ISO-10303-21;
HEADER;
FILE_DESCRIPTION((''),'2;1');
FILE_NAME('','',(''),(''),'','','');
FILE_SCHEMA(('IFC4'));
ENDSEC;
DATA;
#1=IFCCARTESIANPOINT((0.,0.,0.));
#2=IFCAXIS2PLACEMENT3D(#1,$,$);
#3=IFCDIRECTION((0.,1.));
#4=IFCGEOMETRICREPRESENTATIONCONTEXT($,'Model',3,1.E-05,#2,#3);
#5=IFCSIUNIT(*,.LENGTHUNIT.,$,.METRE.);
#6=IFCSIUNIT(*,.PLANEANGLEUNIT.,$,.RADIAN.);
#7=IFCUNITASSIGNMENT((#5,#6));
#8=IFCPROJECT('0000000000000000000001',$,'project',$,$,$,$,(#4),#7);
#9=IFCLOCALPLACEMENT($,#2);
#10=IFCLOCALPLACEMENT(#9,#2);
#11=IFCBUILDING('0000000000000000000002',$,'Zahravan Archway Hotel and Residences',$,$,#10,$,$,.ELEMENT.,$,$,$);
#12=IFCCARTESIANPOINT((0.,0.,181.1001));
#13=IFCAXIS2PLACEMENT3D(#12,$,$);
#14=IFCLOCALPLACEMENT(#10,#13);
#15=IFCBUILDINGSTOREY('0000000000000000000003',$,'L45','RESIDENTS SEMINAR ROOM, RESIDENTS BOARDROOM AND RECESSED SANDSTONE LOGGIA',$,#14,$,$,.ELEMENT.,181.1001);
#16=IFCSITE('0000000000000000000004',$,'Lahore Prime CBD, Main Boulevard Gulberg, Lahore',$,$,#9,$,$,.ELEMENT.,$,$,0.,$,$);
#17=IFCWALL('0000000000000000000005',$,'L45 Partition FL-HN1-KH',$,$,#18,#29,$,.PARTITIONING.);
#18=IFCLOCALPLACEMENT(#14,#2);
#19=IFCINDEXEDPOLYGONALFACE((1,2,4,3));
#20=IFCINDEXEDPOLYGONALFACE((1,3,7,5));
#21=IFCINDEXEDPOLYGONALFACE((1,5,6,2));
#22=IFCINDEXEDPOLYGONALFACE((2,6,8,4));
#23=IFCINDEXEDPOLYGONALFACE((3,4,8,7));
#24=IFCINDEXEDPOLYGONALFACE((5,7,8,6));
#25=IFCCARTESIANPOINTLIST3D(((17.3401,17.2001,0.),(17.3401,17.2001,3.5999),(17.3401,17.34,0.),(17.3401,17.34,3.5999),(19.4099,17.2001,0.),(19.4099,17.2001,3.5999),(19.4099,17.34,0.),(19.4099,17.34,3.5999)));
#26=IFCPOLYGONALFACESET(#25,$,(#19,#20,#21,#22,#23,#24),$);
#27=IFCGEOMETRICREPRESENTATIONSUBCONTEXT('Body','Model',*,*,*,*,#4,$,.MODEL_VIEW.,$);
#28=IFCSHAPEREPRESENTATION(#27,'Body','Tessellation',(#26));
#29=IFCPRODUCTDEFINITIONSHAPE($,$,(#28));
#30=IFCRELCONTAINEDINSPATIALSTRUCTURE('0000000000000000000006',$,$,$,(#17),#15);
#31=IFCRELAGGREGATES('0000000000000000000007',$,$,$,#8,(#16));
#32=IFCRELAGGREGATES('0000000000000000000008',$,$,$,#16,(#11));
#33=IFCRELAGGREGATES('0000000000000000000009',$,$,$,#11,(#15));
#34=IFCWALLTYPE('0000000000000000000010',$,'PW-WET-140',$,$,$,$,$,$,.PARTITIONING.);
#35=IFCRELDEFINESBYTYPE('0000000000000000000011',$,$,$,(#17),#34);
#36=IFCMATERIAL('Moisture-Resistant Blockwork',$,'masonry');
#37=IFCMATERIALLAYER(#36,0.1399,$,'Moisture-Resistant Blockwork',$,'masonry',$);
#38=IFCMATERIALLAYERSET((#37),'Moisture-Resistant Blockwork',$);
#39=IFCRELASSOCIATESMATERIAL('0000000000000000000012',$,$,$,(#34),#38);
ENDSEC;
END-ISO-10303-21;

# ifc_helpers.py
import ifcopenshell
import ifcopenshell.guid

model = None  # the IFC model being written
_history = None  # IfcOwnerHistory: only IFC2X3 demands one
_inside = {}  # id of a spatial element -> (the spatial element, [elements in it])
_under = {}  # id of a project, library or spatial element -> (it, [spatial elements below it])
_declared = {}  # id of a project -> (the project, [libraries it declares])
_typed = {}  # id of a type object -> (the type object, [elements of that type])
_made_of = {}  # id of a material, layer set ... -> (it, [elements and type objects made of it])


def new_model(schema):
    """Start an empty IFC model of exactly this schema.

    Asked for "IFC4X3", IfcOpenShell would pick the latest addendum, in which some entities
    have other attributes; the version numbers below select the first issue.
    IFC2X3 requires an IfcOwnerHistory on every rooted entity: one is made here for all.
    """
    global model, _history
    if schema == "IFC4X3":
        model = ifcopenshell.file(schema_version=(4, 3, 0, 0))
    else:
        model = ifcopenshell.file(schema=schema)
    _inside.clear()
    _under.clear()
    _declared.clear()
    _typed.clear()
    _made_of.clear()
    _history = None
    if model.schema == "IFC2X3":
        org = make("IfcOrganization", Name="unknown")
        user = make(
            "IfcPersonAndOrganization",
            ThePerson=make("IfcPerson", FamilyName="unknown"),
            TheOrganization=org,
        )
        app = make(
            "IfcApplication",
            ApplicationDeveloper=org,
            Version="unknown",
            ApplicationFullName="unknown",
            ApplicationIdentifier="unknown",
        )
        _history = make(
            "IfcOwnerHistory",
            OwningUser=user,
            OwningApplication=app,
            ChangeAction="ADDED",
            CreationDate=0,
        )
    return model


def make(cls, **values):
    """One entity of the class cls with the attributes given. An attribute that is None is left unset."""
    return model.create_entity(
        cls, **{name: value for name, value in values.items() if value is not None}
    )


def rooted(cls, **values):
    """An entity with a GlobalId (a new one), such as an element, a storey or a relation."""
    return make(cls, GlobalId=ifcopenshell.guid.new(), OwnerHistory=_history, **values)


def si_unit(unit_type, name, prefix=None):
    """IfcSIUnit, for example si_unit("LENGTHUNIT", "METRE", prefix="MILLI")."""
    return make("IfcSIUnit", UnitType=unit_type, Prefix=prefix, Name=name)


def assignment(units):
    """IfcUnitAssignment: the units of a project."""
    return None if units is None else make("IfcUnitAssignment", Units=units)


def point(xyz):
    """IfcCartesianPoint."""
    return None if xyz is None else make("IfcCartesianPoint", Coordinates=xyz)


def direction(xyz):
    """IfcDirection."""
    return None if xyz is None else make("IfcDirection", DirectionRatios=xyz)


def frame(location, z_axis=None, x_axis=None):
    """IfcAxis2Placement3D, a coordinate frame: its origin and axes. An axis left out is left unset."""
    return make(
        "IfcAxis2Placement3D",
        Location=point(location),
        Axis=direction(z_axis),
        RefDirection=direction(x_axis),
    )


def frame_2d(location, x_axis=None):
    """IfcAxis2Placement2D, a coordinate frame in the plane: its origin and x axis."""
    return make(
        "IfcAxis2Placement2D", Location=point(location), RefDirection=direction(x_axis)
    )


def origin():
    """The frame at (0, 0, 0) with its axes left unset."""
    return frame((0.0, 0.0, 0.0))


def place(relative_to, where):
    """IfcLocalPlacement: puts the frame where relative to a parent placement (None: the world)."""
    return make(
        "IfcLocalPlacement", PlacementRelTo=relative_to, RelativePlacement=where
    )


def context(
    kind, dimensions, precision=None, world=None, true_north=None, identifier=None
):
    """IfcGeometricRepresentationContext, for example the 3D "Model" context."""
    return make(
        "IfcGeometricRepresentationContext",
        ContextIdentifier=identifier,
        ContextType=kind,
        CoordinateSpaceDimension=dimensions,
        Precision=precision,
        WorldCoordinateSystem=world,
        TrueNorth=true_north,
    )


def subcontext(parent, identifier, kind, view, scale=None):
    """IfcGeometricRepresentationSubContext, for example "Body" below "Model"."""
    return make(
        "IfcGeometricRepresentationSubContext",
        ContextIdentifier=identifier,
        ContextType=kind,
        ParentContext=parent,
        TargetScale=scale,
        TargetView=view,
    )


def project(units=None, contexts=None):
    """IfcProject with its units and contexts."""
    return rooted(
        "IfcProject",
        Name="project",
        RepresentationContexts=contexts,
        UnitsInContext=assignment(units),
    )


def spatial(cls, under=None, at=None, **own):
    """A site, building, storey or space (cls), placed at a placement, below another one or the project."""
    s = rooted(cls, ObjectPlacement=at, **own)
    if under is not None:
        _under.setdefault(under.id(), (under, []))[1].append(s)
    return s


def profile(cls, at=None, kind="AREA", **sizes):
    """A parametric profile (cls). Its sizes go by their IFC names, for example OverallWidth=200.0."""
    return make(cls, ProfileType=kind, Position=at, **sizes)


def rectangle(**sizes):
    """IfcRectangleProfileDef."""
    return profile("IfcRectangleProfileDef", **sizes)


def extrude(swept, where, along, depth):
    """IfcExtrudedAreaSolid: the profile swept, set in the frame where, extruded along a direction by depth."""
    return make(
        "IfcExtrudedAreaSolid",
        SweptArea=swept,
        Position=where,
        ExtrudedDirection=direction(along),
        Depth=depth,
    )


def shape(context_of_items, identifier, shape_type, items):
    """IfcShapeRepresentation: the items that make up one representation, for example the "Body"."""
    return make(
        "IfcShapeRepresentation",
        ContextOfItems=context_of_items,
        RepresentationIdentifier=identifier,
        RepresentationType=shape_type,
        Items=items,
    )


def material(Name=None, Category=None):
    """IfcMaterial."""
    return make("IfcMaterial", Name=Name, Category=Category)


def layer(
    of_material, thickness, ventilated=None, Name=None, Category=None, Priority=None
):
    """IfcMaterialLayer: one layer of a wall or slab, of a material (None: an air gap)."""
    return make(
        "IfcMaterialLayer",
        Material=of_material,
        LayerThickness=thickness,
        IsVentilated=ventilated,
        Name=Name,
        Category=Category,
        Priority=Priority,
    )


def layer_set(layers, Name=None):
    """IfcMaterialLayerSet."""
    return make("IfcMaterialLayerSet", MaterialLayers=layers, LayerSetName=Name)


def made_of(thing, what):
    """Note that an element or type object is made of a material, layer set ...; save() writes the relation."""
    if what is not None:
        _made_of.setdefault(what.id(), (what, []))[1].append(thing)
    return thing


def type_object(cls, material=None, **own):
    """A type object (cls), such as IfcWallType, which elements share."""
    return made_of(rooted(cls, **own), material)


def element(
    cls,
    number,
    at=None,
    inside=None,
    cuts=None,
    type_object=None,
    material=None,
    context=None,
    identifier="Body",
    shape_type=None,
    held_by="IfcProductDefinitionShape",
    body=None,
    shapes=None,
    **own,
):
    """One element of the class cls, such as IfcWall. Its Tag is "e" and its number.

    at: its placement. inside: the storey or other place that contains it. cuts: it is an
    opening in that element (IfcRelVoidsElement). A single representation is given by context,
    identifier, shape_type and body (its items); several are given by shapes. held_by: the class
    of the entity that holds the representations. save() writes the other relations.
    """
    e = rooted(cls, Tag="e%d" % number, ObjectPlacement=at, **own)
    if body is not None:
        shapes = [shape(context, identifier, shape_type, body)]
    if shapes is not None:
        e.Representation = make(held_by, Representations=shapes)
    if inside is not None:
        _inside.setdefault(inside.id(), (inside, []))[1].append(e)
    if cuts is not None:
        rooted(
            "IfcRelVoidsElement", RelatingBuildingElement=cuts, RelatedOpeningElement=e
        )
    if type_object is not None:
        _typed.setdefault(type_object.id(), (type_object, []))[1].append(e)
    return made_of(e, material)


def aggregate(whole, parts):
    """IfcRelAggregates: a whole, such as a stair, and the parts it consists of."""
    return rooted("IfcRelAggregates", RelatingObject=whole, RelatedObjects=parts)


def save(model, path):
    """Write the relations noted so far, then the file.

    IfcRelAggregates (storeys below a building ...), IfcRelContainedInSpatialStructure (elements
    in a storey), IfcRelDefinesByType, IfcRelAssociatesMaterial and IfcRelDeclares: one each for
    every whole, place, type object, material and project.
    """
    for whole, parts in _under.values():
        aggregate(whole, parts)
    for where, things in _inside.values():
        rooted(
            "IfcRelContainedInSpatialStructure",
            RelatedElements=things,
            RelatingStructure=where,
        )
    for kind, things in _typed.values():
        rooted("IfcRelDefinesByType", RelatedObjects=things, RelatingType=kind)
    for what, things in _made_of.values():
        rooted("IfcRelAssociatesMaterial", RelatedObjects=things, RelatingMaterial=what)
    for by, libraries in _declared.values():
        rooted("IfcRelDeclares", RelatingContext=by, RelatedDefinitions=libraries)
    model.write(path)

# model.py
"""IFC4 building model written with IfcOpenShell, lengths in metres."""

from ifc_helpers import new_model, si_unit, direction, frame, frame_2d, origin, place, context, subcontext, project, spatial, rectangle, extrude, material, layer, layer_set, type_object, element, save


model = new_model("IFC4")

# Units and contexts
model_context = context("Model", 3, precision=1e-05, world=origin(), true_north=direction((0.0, 1.0)))
body_context = subcontext(model_context, "Body", "Model", "MODEL_VIEW")
ifc_project = project(units=[si_unit("LENGTHUNIT", "METRE"), si_unit("PLANEANGLEUNIT", "RADIAN")], contexts=[model_context])

# Site, building, storey
site_placement = place(None, origin())
site = spatial("IfcSite", under=ifc_project, at=site_placement, Name="Lahore Prime CBD, Main Boulevard Gulberg, Lahore", CompositionType="ELEMENT", RefElevation=0.0)
building_placement = place(site_placement, origin())
building = spatial("IfcBuilding", under=site, at=building_placement, Name="Zahravan Archway Hotel and Residences", CompositionType="ELEMENT")
storey_placement = place(building_placement, frame((0.0, 0.0, 181.1001)))
storey = spatial("IfcBuildingStorey", under=building, at=storey_placement, Name="L45", Description="RESIDENTS SEMINAR ROOM, RESIDENTS BOARDROOM AND RECESSED SANDSTONE LOGGIA", CompositionType="ELEMENT", Elevation=181.1001)

# Wall
ifc_material_1 = material(Name="Moisture-Resistant Blockwork", Category="masonry")
ifc_layer = layer(ifc_material_1, 0.1399, Name="Moisture-Resistant Blockwork", Category="masonry")
ifc_layer_set = layer_set([ifc_layer], Name="Moisture-Resistant Blockwork")
wall_type = type_object("IfcWallType", Name="PW-WET-140", PredefinedType="PARTITIONING", material=ifc_layer_set)
wall_1_placement = place(storey_placement, frame((17.3401, 17.27, 0.0), z_axis=(0.0, 0.0, 1.0), x_axis=(1.0, 0.0, 0.0)))
element("IfcWall", 1, at=wall_1_placement, inside=storey, type_object=wall_type, Name="L45 Partition FL-HN1-KH", PredefinedType="PARTITIONING", context=body_context, shape_type="SweptSolid", body=[
    extrude(rectangle(XDim=2.0698, YDim=0.1399, at=frame_2d((1.0349, 0.0))), origin(), (0.0, 0.0, 1.0), 3.5999),
])

save(model, "model.ifc")
